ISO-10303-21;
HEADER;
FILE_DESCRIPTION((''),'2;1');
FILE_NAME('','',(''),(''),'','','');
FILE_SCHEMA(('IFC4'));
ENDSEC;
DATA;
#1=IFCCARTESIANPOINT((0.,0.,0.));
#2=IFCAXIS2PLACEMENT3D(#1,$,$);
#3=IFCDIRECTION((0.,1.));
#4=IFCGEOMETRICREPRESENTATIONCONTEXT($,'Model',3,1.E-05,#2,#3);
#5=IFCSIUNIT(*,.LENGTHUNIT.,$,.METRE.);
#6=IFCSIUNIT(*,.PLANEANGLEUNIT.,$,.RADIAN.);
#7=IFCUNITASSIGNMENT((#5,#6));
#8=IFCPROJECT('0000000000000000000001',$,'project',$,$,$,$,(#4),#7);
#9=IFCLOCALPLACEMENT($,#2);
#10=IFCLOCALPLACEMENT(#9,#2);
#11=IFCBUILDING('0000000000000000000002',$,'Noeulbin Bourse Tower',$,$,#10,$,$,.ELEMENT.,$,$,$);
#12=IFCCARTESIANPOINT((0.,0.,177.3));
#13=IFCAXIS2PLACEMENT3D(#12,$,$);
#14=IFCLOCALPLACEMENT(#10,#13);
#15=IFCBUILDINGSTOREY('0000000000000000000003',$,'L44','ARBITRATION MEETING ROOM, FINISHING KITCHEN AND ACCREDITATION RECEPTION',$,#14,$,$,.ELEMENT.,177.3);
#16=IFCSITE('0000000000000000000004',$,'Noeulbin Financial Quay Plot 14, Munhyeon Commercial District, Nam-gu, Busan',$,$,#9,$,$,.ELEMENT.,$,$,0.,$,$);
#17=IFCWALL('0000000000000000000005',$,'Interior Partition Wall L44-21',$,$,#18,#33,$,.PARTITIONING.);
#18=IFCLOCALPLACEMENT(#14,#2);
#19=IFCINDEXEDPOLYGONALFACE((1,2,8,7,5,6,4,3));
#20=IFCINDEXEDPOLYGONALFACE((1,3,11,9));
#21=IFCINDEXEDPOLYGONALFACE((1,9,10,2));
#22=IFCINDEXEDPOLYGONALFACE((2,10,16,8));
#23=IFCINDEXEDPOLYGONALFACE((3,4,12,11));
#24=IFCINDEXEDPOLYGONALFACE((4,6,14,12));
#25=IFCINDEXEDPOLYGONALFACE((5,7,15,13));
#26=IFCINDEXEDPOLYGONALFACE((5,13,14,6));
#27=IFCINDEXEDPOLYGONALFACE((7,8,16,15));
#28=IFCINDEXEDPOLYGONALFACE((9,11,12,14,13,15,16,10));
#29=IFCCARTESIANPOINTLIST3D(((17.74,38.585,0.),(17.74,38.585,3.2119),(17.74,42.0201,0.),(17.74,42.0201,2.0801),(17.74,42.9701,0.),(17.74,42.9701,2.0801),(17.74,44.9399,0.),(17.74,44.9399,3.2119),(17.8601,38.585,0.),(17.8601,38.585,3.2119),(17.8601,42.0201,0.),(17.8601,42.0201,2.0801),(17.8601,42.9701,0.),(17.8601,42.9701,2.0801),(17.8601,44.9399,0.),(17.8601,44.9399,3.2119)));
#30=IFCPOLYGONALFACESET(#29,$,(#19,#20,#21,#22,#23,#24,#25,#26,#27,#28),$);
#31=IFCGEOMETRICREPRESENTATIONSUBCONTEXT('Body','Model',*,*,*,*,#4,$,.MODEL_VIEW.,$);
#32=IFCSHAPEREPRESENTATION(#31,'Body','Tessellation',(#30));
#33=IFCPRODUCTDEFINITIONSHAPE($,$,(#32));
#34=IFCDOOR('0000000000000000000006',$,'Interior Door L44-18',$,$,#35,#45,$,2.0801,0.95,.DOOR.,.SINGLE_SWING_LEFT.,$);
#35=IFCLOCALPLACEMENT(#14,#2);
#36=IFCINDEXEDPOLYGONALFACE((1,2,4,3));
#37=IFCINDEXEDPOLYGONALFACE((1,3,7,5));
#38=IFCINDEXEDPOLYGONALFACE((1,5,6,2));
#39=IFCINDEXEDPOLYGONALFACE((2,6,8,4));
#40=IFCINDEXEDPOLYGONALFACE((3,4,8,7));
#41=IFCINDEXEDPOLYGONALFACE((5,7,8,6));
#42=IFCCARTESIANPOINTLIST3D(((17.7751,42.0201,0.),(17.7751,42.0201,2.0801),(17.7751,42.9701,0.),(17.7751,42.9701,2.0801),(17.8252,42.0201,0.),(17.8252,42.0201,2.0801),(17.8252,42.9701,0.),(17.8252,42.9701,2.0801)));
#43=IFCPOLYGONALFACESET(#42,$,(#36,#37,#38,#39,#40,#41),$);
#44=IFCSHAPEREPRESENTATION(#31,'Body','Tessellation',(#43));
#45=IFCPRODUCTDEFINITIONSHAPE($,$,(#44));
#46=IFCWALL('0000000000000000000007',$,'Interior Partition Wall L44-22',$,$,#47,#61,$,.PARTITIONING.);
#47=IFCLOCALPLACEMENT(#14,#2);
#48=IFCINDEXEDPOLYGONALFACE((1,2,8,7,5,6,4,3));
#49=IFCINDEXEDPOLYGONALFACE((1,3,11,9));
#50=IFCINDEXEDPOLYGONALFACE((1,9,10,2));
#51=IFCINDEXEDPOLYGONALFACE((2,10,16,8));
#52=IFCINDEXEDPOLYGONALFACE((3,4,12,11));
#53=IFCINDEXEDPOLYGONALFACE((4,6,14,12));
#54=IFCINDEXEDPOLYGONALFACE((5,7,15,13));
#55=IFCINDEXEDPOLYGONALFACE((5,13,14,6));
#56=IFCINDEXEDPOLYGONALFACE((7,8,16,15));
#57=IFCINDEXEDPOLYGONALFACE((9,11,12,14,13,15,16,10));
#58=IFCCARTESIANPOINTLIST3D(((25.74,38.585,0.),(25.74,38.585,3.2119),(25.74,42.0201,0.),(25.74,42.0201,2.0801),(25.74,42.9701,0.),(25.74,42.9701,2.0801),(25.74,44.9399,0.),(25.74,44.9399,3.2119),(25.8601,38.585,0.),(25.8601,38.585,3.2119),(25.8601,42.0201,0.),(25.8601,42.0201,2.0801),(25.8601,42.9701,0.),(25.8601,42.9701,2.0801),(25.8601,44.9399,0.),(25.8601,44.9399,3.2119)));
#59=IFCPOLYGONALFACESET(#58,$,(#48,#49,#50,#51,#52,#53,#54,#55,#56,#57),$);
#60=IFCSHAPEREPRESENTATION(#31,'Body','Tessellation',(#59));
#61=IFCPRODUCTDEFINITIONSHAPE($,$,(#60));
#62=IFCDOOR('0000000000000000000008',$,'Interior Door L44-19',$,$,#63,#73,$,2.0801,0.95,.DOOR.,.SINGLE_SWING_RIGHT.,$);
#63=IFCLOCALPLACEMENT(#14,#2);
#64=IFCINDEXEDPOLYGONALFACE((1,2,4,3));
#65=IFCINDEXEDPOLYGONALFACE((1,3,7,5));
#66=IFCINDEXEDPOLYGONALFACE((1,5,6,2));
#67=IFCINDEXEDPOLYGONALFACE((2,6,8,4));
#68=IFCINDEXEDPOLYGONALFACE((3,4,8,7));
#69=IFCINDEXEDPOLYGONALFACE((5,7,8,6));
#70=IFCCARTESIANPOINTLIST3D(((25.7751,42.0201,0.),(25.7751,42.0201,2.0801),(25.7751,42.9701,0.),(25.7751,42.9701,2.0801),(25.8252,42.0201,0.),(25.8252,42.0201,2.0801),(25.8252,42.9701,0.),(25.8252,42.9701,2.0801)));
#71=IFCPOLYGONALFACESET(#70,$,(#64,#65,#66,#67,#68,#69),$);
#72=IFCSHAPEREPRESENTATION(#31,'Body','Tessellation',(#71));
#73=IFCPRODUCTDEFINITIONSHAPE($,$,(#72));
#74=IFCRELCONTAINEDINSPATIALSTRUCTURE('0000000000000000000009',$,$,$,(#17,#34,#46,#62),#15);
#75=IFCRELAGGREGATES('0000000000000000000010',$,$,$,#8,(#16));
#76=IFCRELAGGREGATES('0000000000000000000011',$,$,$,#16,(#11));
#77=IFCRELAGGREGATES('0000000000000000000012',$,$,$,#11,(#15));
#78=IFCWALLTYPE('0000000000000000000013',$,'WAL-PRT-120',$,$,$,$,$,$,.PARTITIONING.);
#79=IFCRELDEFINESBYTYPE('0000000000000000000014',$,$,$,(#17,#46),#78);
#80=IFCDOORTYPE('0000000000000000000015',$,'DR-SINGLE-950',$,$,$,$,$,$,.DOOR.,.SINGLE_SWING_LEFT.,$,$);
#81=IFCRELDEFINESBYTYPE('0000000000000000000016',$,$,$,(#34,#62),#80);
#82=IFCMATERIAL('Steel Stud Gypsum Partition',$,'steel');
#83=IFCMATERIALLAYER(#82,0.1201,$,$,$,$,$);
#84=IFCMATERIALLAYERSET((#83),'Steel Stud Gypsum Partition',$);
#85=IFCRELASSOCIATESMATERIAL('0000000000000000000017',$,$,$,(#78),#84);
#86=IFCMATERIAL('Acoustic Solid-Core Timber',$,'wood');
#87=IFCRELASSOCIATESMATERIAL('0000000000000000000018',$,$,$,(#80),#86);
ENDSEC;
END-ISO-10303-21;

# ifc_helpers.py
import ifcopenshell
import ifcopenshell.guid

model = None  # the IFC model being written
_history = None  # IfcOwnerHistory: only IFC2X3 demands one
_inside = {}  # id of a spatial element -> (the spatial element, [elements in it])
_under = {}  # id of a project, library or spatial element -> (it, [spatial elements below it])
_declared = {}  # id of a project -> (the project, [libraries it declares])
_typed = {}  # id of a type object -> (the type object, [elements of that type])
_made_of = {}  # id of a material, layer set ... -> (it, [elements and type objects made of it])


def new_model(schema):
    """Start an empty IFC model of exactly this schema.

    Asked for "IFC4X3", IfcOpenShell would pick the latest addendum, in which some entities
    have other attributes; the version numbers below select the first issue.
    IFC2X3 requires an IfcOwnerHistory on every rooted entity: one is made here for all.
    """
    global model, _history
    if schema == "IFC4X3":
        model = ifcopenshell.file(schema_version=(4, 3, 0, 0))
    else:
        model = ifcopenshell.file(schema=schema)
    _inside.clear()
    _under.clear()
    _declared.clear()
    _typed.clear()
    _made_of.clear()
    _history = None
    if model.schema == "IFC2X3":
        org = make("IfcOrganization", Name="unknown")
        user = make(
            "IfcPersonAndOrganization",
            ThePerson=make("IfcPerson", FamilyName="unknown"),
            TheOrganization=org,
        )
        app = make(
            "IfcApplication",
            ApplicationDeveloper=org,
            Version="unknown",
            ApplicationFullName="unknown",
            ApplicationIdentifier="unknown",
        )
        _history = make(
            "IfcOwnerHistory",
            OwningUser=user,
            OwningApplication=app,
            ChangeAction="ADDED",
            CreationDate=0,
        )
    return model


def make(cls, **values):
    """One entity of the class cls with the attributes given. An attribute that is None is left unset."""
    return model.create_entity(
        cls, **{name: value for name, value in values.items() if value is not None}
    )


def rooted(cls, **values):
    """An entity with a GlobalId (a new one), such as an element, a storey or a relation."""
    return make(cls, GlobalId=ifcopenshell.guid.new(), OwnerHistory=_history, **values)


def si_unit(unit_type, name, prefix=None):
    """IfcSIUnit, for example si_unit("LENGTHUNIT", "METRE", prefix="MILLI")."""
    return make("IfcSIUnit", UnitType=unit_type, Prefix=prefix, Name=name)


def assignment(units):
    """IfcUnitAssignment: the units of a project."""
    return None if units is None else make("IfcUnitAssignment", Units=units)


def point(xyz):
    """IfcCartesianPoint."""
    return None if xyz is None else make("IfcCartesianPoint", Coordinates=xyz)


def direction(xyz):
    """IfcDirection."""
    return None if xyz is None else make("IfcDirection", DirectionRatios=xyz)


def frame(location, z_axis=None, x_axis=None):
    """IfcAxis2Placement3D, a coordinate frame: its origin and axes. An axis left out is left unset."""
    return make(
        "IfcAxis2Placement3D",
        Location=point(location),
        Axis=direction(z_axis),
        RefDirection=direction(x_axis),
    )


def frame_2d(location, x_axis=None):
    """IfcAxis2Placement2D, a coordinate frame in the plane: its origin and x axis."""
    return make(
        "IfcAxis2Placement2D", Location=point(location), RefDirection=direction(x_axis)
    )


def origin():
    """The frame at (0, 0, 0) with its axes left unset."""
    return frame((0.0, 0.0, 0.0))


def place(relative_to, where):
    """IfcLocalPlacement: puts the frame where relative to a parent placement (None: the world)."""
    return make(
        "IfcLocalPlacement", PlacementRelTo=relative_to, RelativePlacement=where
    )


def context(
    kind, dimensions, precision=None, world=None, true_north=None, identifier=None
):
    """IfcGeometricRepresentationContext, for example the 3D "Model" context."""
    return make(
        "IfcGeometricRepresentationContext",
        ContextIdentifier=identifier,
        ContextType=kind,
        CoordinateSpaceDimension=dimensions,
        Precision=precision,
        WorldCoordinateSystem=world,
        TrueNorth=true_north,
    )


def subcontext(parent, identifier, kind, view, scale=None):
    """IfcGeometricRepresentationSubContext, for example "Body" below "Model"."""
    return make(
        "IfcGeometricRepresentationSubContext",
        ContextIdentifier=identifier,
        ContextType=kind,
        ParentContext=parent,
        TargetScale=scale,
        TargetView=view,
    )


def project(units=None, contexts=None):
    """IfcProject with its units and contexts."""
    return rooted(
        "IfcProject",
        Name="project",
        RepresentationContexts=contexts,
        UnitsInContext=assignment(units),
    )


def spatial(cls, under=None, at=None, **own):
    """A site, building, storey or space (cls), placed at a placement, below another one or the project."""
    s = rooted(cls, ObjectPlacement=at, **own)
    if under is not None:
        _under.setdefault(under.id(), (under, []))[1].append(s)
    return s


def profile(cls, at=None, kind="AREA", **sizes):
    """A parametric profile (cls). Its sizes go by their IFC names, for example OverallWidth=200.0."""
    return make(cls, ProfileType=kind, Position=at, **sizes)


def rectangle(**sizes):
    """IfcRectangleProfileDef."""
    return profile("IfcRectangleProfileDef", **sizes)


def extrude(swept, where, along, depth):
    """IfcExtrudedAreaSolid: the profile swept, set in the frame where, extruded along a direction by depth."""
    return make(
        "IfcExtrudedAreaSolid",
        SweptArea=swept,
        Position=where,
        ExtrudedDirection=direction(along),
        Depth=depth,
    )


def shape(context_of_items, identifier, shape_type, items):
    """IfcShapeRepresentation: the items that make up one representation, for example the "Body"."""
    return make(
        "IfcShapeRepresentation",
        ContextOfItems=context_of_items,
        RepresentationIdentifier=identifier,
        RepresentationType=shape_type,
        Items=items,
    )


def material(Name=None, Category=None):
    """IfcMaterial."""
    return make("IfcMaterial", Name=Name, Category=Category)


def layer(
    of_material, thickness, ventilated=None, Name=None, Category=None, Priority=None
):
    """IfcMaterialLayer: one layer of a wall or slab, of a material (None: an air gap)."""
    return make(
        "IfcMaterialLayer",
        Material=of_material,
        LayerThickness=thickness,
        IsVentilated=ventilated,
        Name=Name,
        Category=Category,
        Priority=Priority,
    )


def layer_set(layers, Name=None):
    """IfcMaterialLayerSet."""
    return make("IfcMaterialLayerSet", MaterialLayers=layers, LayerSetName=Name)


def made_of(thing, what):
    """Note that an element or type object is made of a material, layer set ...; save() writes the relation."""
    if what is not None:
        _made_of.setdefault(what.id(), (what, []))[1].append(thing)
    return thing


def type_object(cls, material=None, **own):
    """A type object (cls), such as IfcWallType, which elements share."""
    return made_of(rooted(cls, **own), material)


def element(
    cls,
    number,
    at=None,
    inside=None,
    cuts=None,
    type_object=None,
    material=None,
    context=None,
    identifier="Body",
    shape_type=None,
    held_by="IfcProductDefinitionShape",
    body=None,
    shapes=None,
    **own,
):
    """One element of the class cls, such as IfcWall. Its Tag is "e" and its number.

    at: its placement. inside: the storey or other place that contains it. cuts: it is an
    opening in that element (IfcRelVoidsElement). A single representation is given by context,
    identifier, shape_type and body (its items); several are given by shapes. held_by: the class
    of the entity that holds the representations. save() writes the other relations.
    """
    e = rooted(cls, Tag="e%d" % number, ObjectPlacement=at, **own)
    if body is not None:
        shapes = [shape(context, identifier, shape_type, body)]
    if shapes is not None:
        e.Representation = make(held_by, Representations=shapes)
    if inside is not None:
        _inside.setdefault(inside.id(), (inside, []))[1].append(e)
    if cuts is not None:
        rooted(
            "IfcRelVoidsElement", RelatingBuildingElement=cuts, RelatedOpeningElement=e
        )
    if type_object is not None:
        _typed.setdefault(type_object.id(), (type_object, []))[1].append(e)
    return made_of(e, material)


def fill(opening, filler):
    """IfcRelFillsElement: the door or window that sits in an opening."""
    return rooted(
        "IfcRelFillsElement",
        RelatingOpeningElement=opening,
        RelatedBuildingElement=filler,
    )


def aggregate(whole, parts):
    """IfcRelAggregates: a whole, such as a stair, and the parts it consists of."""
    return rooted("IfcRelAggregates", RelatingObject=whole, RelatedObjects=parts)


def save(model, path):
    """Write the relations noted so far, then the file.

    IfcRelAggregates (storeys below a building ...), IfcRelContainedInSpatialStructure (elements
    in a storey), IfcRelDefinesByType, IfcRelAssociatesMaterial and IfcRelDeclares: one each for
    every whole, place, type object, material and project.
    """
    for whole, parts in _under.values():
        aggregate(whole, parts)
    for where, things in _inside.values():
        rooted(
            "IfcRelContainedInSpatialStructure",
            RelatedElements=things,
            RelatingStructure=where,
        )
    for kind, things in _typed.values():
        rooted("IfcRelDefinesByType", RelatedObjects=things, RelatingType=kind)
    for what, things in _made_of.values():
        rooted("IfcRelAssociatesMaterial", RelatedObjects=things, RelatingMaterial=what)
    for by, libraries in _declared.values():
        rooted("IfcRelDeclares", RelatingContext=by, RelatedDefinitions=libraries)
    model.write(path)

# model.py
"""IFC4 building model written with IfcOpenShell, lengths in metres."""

from ifc_helpers import new_model, si_unit, direction, frame, frame_2d, origin, place, context, subcontext, project, spatial, rectangle, extrude, material, layer, layer_set, type_object, element, fill, save


model = new_model("IFC4")

# Units and contexts
model_context = context("Model", 3, precision=1e-05, world=origin(), true_north=direction((0.0, 1.0)))
body_context = subcontext(model_context, "Body", "Model", "MODEL_VIEW")
ifc_project = project(units=[si_unit("LENGTHUNIT", "METRE"), si_unit("PLANEANGLEUNIT", "RADIAN")], contexts=[model_context])

# Site, building, storey
site_placement = place(None, origin())
site = spatial("IfcSite", under=ifc_project, at=site_placement, Name="Noeulbin Financial Quay Plot 14, Munhyeon Commercial District, Nam-gu, Busan", CompositionType="ELEMENT", RefElevation=0.0)
building_placement = place(site_placement, origin())
building = spatial("IfcBuilding", under=site, at=building_placement, Name="Noeulbin Bourse Tower", CompositionType="ELEMENT")
storey_placement = place(building_placement, frame((0.0, 0.0, 177.3)))
storey = spatial("IfcBuildingStorey", under=building, at=storey_placement, Name="L44", Description="ARBITRATION MEETING ROOM, FINISHING KITCHEN AND ACCREDITATION RECEPTION", CompositionType="ELEMENT", Elevation=177.3)

# Walls, openings, doors
ifc_material_1 = material(Name="Steel Stud Gypsum Partition", Category="steel")
ifc_layer_1 = layer(ifc_material_1, 0.1201)
ifc_layer_set_1 = layer_set([ifc_layer_1], Name="Steel Stud Gypsum Partition")
wall_type = type_object("IfcWallType", Name="WAL-PRT-120", PredefinedType="PARTITIONING", material=ifc_layer_set_1)
wall_1_placement = place(storey_placement, frame((17.8, 38.585, 0.0), z_axis=(0.0, 0.0, 1.0), x_axis=(0.0, 1.0, 0.0)))
wall_1 = element("IfcWall", 1, at=wall_1_placement, inside=storey, type_object=wall_type, Name="Interior Partition Wall L44-21", PredefinedType="PARTITIONING", context=body_context, shape_type="SweptSolid", body=[
    extrude(rectangle(XDim=6.355, YDim=0.1201, at=frame_2d((3.1775, 0.0))), origin(), (0.0, 0.0, 1.0), 3.2119),
])
opening_1_placement = place(wall_1_placement, frame((3.4351, 0.0, 0.0)))
opening_1 = element("IfcOpeningElement", 2, at=opening_1_placement, cuts=wall_1, PredefinedType="OPENING", context=body_context, shape_type="SweptSolid", body=[
    extrude(rectangle(XDim=0.95, YDim=2.0801, at=frame_2d((0.4751, 1.04))), frame((0.0, 0.0701, 0.0), z_axis=(0.0, -1.0, 0.0), x_axis=(1.0, 0.0, 0.0)), (0.0, 0.0, 1.0), 0.1401),
])
ifc_material_2 = material(Name="Acoustic Solid-Core Timber", Category="wood")
door_type = type_object("IfcDoorType", Name="DR-SINGLE-950", OperationType="SINGLE_SWING_LEFT", PredefinedType="DOOR", material=ifc_material_2)
door_1_placement = place(opening_1_placement, origin())
door_1 = element("IfcDoor", 3, at=door_1_placement, inside=storey, type_object=door_type, Name="Interior Door L44-18", OperationType="SINGLE_SWING_LEFT", OverallHeight=2.0801, OverallWidth=0.95, PredefinedType="DOOR", context=body_context, shape_type="SweptSolid", body=[
    extrude(rectangle(XDim=0.95, YDim=2.0801, at=frame_2d((0.4751, 1.04))), frame((0.0, 0.0249, 0.0), z_axis=(0.0, -1.0, 0.0), x_axis=(1.0, 0.0, 0.0)), (0.0, 0.0, 1.0), 0.05),
])
fill(opening_1, door_1)
wall_2_placement = place(storey_placement, frame((25.8, 38.585, 0.0), z_axis=(0.0, 0.0, 1.0), x_axis=(0.0, 1.0, 0.0)))
wall_2 = element("IfcWall", 4, at=wall_2_placement, inside=storey, type_object=wall_type, Name="Interior Partition Wall L44-22", PredefinedType="PARTITIONING", context=body_context, shape_type="SweptSolid", body=[
    extrude(rectangle(XDim=6.355, YDim=0.1201, at=frame_2d((3.1775, 0.0))), origin(), (0.0, 0.0, 1.0), 3.2119),
])
opening_2_placement = place(wall_2_placement, frame((3.4351, 0.0, 0.0)))
opening_2 = element("IfcOpeningElement", 5, at=opening_2_placement, cuts=wall_2, PredefinedType="OPENING", context=body_context, shape_type="SweptSolid", body=[
    extrude(rectangle(XDim=0.95, YDim=2.0801, at=frame_2d((0.4751, 1.04))), frame((0.0, 0.0701, 0.0), z_axis=(0.0, -1.0, 0.0), x_axis=(1.0, 0.0, 0.0)), (0.0, 0.0, 1.0), 0.1401),
])
door_2_placement = place(opening_2_placement, origin())
door_2 = element("IfcDoor", 6, at=door_2_placement, inside=storey, type_object=door_type, Name="Interior Door L44-19", OperationType="SINGLE_SWING_RIGHT", OverallHeight=2.0801, OverallWidth=0.95, PredefinedType="DOOR", context=body_context, shape_type="SweptSolid", body=[
    extrude(rectangle(XDim=0.95, YDim=2.0801, at=frame_2d((0.4751, 1.04))), frame((0.0, 0.0249, 0.0), z_axis=(0.0, -1.0, 0.0), x_axis=(1.0, 0.0, 0.0)), (0.0, 0.0, 1.0), 0.05),
])
fill(opening_2, door_2)

save(model, "model.ifc")
